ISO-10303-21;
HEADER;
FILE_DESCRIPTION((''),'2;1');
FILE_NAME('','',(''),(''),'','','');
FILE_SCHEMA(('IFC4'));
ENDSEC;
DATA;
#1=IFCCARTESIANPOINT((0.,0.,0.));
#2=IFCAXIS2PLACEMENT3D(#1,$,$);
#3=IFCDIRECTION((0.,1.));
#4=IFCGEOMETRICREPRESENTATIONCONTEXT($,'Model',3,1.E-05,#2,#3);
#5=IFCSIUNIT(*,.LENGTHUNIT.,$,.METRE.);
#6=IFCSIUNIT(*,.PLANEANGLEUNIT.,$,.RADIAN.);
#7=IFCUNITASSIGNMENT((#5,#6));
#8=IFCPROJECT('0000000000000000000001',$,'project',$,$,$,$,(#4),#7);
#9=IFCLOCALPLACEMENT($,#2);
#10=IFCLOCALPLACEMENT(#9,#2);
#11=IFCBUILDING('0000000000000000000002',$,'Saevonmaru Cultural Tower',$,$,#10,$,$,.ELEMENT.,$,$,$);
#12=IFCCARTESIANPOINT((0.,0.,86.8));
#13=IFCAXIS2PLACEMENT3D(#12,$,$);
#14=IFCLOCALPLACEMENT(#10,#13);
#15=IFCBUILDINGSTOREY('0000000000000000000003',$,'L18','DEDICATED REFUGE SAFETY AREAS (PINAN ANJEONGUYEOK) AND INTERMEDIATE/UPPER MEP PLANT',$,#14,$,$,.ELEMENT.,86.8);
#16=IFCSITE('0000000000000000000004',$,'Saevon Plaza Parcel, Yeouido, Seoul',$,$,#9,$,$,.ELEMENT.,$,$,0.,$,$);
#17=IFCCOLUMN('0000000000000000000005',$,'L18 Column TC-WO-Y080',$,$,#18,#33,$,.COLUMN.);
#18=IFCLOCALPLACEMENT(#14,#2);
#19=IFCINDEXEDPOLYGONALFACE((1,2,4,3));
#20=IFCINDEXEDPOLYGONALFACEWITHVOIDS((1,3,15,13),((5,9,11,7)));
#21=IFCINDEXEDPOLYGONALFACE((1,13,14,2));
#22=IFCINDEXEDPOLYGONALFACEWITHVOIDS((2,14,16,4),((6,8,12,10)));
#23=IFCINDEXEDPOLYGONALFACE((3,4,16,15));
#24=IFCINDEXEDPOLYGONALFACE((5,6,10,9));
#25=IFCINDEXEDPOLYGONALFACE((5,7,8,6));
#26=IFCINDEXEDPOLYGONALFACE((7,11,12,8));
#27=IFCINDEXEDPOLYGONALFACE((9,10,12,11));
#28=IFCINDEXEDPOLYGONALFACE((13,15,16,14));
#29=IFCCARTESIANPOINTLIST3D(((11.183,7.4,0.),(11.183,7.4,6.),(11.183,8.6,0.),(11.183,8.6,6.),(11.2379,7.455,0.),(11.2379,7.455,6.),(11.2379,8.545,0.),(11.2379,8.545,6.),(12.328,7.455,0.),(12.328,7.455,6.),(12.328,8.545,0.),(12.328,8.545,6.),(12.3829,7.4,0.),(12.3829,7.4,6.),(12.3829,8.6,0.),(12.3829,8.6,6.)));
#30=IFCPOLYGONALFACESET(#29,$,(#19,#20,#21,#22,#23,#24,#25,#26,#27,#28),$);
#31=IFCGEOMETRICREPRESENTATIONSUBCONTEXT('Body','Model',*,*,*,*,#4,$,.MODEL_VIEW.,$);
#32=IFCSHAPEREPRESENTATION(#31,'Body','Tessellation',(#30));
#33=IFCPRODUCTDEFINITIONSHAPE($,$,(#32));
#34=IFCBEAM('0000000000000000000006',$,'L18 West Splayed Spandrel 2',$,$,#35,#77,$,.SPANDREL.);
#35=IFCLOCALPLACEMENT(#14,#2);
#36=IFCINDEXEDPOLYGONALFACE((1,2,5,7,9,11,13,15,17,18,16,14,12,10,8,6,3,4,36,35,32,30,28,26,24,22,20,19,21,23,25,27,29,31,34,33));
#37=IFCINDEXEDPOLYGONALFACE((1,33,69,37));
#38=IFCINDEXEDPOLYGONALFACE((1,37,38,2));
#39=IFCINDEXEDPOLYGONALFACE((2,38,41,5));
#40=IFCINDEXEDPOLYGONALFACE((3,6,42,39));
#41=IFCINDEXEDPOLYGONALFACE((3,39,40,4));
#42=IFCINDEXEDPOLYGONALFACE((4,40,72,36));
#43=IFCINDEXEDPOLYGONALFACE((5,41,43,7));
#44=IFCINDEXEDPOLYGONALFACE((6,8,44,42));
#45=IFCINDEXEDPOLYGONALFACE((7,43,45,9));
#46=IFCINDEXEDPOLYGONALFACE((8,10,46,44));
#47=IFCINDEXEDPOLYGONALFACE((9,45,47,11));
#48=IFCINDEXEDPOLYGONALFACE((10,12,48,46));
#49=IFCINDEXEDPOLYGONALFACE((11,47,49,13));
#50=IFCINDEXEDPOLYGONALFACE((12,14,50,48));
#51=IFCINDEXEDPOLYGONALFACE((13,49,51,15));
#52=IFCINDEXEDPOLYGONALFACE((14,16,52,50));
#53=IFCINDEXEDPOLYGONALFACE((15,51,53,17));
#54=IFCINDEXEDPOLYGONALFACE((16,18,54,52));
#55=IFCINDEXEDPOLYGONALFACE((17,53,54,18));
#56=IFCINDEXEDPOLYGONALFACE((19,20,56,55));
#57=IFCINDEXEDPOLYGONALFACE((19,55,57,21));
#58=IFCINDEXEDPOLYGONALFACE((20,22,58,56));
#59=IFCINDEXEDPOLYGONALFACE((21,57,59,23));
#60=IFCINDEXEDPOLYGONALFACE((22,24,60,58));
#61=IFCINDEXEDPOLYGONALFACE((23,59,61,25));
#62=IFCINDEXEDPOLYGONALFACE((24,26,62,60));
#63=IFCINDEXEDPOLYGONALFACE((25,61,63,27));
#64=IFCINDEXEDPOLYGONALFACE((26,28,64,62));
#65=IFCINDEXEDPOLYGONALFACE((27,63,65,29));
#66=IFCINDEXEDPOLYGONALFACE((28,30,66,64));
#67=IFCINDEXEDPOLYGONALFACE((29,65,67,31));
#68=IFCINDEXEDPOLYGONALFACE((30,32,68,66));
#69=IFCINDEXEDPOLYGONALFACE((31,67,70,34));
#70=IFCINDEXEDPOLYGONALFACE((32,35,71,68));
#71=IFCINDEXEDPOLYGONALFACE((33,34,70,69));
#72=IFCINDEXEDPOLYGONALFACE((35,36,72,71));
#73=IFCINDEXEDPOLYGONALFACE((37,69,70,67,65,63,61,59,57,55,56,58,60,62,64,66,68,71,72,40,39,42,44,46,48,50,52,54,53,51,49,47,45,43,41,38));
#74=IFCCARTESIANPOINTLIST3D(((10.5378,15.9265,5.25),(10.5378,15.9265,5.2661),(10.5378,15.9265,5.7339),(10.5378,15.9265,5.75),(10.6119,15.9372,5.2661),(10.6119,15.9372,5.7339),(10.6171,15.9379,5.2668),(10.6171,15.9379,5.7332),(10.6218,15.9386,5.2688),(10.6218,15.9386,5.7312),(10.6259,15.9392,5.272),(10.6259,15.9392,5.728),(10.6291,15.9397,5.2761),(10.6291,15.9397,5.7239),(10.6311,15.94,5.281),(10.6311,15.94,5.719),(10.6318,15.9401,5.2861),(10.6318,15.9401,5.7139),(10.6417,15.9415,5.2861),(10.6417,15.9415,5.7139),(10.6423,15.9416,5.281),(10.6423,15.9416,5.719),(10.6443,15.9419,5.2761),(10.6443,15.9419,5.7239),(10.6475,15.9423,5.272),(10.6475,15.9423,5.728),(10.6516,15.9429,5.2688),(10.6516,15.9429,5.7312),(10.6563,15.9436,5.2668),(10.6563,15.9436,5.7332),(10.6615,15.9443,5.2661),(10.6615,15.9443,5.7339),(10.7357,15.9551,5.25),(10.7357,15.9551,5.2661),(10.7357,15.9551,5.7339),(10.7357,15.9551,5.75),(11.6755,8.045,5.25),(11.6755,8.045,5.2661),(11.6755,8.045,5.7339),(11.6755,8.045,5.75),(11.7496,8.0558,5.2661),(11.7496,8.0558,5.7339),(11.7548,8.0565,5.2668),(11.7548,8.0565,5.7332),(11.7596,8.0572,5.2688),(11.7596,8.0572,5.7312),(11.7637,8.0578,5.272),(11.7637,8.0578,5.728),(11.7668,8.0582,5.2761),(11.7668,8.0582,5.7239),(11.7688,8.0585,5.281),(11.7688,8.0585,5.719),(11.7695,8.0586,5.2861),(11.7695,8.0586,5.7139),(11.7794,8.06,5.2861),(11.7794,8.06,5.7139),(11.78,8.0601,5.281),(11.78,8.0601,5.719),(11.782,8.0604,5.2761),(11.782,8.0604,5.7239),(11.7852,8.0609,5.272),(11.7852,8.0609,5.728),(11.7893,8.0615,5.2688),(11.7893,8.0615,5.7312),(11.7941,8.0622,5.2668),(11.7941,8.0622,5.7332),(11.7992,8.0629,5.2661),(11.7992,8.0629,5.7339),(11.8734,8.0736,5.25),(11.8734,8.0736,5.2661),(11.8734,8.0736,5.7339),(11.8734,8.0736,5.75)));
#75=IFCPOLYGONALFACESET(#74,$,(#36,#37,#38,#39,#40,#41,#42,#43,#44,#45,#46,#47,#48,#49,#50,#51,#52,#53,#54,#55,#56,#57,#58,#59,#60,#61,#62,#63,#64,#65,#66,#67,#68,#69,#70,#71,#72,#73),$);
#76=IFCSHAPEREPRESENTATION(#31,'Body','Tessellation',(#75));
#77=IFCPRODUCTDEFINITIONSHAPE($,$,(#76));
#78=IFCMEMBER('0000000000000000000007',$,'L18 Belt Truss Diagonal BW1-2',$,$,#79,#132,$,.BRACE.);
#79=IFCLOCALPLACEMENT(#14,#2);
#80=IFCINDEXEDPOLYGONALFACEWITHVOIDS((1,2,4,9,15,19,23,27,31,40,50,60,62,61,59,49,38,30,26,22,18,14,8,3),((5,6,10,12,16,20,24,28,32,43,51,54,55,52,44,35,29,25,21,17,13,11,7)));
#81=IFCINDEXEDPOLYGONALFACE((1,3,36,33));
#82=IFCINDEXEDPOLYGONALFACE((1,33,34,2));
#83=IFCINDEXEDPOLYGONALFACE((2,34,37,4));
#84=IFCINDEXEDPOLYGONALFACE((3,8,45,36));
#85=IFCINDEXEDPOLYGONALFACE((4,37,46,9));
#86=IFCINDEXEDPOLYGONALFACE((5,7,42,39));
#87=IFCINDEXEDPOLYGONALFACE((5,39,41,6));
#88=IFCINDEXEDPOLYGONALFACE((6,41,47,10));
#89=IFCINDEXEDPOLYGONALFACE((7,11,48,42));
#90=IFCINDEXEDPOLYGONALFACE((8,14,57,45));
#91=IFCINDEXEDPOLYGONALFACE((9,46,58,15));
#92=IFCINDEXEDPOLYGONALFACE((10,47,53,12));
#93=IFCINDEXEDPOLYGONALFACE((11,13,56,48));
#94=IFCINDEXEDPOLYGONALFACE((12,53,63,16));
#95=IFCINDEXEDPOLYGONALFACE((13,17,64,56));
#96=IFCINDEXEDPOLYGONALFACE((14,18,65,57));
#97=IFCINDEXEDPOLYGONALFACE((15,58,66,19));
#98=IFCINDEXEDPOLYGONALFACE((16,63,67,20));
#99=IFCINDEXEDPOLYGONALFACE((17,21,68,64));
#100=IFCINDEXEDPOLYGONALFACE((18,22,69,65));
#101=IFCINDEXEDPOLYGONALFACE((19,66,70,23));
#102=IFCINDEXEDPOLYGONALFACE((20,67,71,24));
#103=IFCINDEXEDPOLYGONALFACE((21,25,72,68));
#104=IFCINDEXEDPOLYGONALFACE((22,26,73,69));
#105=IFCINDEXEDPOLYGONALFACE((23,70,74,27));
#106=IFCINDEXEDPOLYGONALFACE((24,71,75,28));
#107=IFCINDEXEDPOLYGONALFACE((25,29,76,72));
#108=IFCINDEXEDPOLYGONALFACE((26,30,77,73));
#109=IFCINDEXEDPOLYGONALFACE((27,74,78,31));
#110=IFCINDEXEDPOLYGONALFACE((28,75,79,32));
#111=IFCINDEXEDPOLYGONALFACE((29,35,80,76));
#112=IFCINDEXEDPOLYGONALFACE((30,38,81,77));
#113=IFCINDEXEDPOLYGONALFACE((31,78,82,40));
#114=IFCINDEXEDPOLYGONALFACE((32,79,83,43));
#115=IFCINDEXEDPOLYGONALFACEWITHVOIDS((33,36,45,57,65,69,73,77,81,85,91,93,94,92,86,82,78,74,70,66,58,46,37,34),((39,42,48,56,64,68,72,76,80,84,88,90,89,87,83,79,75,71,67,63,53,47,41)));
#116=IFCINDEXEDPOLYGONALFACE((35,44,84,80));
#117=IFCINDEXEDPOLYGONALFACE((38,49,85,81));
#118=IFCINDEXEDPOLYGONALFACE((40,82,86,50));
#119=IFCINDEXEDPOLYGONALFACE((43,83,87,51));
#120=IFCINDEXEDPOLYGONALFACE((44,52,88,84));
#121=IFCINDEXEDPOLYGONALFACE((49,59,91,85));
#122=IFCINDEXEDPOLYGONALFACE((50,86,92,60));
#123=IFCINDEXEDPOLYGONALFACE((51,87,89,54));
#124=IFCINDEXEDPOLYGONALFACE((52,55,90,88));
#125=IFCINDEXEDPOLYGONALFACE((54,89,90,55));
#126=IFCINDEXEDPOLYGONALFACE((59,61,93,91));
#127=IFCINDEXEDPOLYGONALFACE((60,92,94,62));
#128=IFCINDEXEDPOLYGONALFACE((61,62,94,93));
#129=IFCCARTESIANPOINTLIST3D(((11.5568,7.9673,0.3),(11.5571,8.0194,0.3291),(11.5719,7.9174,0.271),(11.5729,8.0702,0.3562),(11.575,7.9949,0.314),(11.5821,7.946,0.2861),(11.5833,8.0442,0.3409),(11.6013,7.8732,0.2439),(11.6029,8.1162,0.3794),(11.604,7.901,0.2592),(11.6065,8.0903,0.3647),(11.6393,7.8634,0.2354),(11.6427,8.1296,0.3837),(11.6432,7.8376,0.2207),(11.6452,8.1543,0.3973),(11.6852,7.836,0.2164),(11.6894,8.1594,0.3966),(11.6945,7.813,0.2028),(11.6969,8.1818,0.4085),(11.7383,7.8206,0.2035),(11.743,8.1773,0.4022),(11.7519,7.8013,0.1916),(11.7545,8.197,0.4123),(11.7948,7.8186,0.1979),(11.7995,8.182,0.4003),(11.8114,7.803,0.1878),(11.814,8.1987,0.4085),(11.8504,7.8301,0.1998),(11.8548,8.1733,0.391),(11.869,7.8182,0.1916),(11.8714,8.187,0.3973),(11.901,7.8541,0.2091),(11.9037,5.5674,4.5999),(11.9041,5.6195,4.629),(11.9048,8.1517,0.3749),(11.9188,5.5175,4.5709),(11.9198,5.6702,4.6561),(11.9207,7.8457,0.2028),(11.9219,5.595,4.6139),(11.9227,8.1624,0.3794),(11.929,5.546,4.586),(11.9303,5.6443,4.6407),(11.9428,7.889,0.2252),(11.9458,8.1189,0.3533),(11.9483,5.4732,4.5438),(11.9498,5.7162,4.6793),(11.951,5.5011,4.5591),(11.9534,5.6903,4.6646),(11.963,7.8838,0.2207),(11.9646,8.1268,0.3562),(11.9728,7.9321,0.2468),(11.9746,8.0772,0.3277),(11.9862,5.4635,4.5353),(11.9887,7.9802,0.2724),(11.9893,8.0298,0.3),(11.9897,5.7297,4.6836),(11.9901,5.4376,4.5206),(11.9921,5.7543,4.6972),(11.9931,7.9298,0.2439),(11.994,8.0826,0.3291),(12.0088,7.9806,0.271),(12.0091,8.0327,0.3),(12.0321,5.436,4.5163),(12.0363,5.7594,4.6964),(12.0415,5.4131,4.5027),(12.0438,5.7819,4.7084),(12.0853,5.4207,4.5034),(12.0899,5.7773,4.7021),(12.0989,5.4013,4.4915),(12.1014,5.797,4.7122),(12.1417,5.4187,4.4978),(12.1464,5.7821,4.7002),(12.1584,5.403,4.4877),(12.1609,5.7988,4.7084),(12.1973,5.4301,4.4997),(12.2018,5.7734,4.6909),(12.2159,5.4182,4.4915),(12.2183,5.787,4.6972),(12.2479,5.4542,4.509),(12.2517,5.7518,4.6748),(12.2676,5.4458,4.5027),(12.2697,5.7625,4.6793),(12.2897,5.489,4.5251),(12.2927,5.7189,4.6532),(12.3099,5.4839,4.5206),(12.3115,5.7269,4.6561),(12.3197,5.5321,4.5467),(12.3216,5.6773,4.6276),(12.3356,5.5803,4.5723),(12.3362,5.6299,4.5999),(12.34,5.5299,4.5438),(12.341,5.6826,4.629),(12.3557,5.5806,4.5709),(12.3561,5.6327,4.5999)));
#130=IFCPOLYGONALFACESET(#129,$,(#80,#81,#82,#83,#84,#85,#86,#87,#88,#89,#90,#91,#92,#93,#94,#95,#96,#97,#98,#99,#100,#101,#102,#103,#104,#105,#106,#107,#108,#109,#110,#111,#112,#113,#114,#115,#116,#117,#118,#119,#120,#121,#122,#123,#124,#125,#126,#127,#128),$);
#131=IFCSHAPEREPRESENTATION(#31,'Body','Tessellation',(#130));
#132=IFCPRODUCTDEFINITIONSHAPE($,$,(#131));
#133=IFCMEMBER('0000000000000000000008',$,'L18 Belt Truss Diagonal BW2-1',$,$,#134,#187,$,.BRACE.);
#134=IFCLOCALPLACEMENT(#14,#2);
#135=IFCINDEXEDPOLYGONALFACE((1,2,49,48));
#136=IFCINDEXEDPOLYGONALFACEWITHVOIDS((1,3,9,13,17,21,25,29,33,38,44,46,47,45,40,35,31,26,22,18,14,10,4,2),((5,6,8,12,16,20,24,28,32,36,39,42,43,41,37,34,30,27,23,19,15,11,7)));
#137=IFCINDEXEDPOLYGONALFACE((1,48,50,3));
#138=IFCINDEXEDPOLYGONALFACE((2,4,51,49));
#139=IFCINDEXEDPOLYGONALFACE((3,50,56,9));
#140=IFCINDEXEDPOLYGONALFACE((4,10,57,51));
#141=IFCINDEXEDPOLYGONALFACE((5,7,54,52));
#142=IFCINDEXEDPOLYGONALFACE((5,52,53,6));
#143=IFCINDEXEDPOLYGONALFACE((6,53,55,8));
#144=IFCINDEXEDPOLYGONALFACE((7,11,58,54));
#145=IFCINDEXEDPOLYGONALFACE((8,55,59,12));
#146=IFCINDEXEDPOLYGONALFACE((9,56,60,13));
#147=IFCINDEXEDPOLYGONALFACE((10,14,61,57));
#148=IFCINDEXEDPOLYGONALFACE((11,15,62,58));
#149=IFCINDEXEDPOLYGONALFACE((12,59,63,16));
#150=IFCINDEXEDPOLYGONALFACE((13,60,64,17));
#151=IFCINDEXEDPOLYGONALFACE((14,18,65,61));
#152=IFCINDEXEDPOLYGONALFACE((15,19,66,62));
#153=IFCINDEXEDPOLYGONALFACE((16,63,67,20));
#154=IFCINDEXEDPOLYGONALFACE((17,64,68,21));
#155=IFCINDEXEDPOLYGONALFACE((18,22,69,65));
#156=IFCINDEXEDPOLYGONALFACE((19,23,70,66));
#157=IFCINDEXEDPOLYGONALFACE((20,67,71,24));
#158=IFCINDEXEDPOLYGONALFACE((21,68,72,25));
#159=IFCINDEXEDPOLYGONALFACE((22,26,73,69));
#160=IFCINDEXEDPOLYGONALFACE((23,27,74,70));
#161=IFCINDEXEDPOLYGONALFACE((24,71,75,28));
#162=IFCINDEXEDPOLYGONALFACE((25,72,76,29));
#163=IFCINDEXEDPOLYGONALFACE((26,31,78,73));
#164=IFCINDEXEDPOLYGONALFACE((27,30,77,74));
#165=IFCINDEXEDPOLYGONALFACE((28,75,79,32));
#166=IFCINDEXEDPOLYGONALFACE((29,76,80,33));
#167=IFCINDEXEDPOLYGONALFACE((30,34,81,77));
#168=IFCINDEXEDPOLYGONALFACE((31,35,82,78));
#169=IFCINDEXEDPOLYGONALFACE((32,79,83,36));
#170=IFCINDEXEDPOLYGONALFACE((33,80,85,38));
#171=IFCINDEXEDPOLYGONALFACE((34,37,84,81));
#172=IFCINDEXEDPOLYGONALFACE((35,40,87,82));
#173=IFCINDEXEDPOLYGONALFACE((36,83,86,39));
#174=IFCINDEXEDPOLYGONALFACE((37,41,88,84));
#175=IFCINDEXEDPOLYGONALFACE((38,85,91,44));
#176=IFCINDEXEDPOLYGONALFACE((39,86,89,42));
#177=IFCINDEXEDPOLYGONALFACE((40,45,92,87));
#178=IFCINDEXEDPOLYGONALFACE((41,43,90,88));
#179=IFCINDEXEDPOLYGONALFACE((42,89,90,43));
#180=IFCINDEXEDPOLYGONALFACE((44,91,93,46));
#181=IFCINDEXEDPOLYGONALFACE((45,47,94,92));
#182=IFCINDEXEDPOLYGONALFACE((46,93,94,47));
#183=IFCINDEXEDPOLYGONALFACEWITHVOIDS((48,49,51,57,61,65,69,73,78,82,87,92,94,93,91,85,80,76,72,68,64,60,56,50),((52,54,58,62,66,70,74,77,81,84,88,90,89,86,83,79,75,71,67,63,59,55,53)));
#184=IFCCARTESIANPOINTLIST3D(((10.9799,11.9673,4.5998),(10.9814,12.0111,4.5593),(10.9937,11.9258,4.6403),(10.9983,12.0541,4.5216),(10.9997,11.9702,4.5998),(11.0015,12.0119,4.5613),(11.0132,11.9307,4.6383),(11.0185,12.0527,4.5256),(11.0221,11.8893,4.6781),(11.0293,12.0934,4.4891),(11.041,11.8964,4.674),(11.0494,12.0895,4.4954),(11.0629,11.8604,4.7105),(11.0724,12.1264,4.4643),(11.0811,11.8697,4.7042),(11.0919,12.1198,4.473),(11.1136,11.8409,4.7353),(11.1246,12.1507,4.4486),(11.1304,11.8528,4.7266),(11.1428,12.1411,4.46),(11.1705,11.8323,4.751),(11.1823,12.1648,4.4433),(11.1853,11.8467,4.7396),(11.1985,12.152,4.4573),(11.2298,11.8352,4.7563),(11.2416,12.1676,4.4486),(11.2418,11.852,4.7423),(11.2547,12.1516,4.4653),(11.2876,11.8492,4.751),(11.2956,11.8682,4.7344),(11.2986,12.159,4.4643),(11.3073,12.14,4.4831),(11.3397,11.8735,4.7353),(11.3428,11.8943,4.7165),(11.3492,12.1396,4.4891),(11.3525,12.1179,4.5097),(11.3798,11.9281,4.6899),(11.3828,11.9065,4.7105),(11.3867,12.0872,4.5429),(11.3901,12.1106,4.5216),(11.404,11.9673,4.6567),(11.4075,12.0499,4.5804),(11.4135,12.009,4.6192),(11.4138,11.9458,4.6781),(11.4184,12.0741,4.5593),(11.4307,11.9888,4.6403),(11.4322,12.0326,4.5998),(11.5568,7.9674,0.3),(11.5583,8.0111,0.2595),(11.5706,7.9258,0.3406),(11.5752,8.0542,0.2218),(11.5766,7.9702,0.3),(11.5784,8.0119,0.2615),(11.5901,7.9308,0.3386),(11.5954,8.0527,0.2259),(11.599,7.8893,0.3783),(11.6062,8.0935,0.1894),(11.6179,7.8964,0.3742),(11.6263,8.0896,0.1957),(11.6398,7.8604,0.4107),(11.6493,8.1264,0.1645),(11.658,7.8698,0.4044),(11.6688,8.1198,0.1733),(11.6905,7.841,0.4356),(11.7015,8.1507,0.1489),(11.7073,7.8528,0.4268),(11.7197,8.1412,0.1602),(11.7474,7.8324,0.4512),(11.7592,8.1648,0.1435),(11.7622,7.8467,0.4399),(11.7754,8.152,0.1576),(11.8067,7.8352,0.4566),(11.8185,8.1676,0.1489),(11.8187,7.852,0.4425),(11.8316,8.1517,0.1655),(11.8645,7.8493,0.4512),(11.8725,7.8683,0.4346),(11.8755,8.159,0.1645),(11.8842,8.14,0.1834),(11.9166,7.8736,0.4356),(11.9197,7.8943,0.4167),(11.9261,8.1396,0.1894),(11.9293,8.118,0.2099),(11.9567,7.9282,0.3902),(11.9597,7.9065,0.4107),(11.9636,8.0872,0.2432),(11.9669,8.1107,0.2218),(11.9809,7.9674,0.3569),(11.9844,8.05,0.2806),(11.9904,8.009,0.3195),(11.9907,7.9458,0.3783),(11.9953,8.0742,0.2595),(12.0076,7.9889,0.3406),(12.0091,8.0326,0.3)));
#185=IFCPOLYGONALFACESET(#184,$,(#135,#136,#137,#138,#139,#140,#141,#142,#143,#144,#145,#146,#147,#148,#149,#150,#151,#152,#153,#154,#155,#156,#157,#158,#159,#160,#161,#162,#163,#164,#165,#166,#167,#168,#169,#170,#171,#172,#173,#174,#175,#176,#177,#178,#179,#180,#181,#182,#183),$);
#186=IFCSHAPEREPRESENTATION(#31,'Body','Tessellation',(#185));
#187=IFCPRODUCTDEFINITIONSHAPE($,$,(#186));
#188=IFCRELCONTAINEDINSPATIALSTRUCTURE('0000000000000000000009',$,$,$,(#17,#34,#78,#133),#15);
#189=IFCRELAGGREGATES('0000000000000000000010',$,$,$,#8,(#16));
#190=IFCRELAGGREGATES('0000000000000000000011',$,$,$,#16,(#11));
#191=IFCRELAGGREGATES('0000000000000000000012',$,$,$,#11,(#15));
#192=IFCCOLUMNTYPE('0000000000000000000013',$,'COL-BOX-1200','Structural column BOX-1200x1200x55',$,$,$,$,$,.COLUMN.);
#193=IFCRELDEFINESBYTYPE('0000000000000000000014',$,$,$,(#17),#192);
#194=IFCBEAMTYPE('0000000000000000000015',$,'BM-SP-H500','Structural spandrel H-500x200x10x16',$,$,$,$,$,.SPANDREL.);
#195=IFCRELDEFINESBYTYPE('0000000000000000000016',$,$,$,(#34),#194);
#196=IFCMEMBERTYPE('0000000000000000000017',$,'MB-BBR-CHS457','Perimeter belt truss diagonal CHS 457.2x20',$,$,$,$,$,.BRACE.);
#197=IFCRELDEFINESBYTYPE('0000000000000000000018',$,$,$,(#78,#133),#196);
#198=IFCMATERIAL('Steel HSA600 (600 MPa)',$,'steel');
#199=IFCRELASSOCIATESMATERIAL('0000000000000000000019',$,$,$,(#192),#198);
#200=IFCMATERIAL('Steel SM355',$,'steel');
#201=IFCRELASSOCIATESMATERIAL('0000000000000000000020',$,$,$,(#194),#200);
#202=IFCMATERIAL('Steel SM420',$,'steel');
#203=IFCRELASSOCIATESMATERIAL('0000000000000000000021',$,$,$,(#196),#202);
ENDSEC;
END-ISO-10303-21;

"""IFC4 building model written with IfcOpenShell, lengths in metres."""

from ifc_helpers import new_model, si_unit, direction, frame, origin, origin_2d, place, context, subcontext, project, spatial, hollow_rectangle, hollow_circle, i_section, extrude, material, material_profile, profile_set, type_object, element, save


model = new_model("IFC4")

# Units and contexts
model_context = context("Model", 3, precision=1e-05, world=origin(), true_north=direction((0.0, 1.0)))
body_context = subcontext(model_context, "Body", "Model", "MODEL_VIEW")
ifc_project = project(units=[si_unit("LENGTHUNIT", "METRE"), si_unit("PLANEANGLEUNIT", "RADIAN")], contexts=[model_context])

# Site, building, storey
site_placement = place(None, origin())
site = spatial("IfcSite", under=ifc_project, at=site_placement, Name="Saevon Plaza Parcel, Yeouido, Seoul", CompositionType="ELEMENT", RefElevation=0.0)
building_placement = place(site_placement, origin())
building = spatial("IfcBuilding", under=site, at=building_placement, Name="Saevonmaru Cultural Tower", CompositionType="ELEMENT")
storey_placement = place(building_placement, frame((0.0, 0.0, 86.8)))
storey = spatial("IfcBuildingStorey", under=building, at=storey_placement, Name="L18", Description="DEDICATED REFUGE SAFETY AREAS (PINAN ANJEONGUYEOK) AND INTERMEDIATE/UPPER MEP PLANT", CompositionType="ELEMENT", Elevation=86.8)

# Column
ifc_material_1 = material(Name="Steel HSA600 (600 MPa)", Category="steel")
ifc_material_profile_1 = material_profile(ifc_material_1, hollow_rectangle(XDim=1.2, YDim=1.2, WallThickness=0.0549, at=origin_2d()), Name="BOX-1200x1200x55")
ifc_profile_set_1 = profile_set([ifc_material_profile_1], Name="Steel HSA600 (600 MPa)")
column_type = type_object("IfcColumnType", Name="COL-BOX-1200", Description="Structural column BOX-1200x1200x55", PredefinedType="COLUMN", material=ifc_profile_set_1)
column_placement = place(storey_placement, frame((11.783, 8.0, 0.0), z_axis=(0.0, 0.0, 1.0), x_axis=(1.0, 0.0, 0.0)))
element("IfcColumn", 1, at=column_placement, inside=storey, type_object=column_type, Name="L18 Column TC-WO-Y080", PredefinedType="COLUMN", context=body_context, shape_type="SweptSolid", body=[
    extrude(hollow_rectangle(XDim=1.2, YDim=1.2, WallThickness=0.0549, at=origin_2d()), origin(), (0.0, 0.0, 1.0), 6.0),
])

# Beam
ifc_material_2 = material(Name="Steel SM355", Category="steel")
ifc_material_profile_2 = material_profile(ifc_material_2, i_section(OverallWidth=0.2, OverallDepth=0.5, WebThickness=0.01, FlangeThickness=0.0161, FilletRadius=0.02, at=origin_2d()), Name="H-500x200x10x16")
ifc_profile_set_2 = profile_set([ifc_material_profile_2], Name="Steel SM355")
beam_type = type_object("IfcBeamType", Name="BM-SP-H500", Description="Structural spandrel H-500x200x10x16", PredefinedType="SPANDREL", material=ifc_profile_set_2)
beam_placement = place(storey_placement, frame((11.7744, 8.0593, 5.5), z_axis=(-0.142872, 0.989741, 0.0), x_axis=(-0.989741, -0.142872, 0.0)))
element("IfcBeam", 2, at=beam_placement, inside=storey, type_object=beam_type, Name="L18 West Splayed Spandrel 2", PredefinedType="SPANDREL", context=body_context, shape_type="SweptSolid", body=[
    extrude(i_section(OverallWidth=0.2, OverallDepth=0.5, WebThickness=0.01, FlangeThickness=0.0161, FilletRadius=0.02, at=origin_2d()), origin(), (0.0, 0.0, 1.0), 7.9631),
])

# Members
ifc_material_3 = material(Name="Steel SM420", Category="steel")
ifc_material_profile_3 = material_profile(ifc_material_3, hollow_circle(Radius=0.2285, WallThickness=0.02, at=origin_2d()), Name="CHS-457.2x20")
ifc_profile_set_3 = profile_set([ifc_material_profile_3], Name="Steel SM420")
member_type_1 = type_object("IfcMemberType", Name="MB-BBR-CHS457", Description="Perimeter belt truss diagonal CHS 457.2x20", PredefinedType="BRACE", material=ifc_profile_set_3)
member_1_placement = place(storey_placement, frame((11.783, 8.0, 0.3), z_axis=(0.070278, -0.486163, 0.871038), x_axis=(0.989713, 0.14307, 0.0)))
element("IfcMember", 3, at=member_1_placement, inside=storey, type_object=member_type_1, Name="L18 Belt Truss Diagonal BW1-2", PredefinedType="BRACE", context=body_context, shape_type="SweptSolid", body=[
    extrude(hollow_circle(Radius=0.2285, WallThickness=0.02, at=origin_2d()), origin(), (0.0, 0.0, 1.0), 4.9365),
])
member_2_placement = place(storey_placement, frame((11.783, 8.0, 0.3), z_axis=(-0.097765, 0.677858, 0.728664), x_axis=(-0.989759, -0.142749, 0.0)))
element("IfcMember", 4, at=member_2_placement, inside=storey, type_object=member_type_1, Name="L18 Belt Truss Diagonal BW2-1", PredefinedType="BRACE", context=body_context, shape_type="SweptSolid", body=[
    extrude(hollow_circle(Radius=0.2285, WallThickness=0.02, at=origin_2d()), origin(), (0.0, 0.0, 1.0), 5.9009),
])

save(model, "model.ifc")
